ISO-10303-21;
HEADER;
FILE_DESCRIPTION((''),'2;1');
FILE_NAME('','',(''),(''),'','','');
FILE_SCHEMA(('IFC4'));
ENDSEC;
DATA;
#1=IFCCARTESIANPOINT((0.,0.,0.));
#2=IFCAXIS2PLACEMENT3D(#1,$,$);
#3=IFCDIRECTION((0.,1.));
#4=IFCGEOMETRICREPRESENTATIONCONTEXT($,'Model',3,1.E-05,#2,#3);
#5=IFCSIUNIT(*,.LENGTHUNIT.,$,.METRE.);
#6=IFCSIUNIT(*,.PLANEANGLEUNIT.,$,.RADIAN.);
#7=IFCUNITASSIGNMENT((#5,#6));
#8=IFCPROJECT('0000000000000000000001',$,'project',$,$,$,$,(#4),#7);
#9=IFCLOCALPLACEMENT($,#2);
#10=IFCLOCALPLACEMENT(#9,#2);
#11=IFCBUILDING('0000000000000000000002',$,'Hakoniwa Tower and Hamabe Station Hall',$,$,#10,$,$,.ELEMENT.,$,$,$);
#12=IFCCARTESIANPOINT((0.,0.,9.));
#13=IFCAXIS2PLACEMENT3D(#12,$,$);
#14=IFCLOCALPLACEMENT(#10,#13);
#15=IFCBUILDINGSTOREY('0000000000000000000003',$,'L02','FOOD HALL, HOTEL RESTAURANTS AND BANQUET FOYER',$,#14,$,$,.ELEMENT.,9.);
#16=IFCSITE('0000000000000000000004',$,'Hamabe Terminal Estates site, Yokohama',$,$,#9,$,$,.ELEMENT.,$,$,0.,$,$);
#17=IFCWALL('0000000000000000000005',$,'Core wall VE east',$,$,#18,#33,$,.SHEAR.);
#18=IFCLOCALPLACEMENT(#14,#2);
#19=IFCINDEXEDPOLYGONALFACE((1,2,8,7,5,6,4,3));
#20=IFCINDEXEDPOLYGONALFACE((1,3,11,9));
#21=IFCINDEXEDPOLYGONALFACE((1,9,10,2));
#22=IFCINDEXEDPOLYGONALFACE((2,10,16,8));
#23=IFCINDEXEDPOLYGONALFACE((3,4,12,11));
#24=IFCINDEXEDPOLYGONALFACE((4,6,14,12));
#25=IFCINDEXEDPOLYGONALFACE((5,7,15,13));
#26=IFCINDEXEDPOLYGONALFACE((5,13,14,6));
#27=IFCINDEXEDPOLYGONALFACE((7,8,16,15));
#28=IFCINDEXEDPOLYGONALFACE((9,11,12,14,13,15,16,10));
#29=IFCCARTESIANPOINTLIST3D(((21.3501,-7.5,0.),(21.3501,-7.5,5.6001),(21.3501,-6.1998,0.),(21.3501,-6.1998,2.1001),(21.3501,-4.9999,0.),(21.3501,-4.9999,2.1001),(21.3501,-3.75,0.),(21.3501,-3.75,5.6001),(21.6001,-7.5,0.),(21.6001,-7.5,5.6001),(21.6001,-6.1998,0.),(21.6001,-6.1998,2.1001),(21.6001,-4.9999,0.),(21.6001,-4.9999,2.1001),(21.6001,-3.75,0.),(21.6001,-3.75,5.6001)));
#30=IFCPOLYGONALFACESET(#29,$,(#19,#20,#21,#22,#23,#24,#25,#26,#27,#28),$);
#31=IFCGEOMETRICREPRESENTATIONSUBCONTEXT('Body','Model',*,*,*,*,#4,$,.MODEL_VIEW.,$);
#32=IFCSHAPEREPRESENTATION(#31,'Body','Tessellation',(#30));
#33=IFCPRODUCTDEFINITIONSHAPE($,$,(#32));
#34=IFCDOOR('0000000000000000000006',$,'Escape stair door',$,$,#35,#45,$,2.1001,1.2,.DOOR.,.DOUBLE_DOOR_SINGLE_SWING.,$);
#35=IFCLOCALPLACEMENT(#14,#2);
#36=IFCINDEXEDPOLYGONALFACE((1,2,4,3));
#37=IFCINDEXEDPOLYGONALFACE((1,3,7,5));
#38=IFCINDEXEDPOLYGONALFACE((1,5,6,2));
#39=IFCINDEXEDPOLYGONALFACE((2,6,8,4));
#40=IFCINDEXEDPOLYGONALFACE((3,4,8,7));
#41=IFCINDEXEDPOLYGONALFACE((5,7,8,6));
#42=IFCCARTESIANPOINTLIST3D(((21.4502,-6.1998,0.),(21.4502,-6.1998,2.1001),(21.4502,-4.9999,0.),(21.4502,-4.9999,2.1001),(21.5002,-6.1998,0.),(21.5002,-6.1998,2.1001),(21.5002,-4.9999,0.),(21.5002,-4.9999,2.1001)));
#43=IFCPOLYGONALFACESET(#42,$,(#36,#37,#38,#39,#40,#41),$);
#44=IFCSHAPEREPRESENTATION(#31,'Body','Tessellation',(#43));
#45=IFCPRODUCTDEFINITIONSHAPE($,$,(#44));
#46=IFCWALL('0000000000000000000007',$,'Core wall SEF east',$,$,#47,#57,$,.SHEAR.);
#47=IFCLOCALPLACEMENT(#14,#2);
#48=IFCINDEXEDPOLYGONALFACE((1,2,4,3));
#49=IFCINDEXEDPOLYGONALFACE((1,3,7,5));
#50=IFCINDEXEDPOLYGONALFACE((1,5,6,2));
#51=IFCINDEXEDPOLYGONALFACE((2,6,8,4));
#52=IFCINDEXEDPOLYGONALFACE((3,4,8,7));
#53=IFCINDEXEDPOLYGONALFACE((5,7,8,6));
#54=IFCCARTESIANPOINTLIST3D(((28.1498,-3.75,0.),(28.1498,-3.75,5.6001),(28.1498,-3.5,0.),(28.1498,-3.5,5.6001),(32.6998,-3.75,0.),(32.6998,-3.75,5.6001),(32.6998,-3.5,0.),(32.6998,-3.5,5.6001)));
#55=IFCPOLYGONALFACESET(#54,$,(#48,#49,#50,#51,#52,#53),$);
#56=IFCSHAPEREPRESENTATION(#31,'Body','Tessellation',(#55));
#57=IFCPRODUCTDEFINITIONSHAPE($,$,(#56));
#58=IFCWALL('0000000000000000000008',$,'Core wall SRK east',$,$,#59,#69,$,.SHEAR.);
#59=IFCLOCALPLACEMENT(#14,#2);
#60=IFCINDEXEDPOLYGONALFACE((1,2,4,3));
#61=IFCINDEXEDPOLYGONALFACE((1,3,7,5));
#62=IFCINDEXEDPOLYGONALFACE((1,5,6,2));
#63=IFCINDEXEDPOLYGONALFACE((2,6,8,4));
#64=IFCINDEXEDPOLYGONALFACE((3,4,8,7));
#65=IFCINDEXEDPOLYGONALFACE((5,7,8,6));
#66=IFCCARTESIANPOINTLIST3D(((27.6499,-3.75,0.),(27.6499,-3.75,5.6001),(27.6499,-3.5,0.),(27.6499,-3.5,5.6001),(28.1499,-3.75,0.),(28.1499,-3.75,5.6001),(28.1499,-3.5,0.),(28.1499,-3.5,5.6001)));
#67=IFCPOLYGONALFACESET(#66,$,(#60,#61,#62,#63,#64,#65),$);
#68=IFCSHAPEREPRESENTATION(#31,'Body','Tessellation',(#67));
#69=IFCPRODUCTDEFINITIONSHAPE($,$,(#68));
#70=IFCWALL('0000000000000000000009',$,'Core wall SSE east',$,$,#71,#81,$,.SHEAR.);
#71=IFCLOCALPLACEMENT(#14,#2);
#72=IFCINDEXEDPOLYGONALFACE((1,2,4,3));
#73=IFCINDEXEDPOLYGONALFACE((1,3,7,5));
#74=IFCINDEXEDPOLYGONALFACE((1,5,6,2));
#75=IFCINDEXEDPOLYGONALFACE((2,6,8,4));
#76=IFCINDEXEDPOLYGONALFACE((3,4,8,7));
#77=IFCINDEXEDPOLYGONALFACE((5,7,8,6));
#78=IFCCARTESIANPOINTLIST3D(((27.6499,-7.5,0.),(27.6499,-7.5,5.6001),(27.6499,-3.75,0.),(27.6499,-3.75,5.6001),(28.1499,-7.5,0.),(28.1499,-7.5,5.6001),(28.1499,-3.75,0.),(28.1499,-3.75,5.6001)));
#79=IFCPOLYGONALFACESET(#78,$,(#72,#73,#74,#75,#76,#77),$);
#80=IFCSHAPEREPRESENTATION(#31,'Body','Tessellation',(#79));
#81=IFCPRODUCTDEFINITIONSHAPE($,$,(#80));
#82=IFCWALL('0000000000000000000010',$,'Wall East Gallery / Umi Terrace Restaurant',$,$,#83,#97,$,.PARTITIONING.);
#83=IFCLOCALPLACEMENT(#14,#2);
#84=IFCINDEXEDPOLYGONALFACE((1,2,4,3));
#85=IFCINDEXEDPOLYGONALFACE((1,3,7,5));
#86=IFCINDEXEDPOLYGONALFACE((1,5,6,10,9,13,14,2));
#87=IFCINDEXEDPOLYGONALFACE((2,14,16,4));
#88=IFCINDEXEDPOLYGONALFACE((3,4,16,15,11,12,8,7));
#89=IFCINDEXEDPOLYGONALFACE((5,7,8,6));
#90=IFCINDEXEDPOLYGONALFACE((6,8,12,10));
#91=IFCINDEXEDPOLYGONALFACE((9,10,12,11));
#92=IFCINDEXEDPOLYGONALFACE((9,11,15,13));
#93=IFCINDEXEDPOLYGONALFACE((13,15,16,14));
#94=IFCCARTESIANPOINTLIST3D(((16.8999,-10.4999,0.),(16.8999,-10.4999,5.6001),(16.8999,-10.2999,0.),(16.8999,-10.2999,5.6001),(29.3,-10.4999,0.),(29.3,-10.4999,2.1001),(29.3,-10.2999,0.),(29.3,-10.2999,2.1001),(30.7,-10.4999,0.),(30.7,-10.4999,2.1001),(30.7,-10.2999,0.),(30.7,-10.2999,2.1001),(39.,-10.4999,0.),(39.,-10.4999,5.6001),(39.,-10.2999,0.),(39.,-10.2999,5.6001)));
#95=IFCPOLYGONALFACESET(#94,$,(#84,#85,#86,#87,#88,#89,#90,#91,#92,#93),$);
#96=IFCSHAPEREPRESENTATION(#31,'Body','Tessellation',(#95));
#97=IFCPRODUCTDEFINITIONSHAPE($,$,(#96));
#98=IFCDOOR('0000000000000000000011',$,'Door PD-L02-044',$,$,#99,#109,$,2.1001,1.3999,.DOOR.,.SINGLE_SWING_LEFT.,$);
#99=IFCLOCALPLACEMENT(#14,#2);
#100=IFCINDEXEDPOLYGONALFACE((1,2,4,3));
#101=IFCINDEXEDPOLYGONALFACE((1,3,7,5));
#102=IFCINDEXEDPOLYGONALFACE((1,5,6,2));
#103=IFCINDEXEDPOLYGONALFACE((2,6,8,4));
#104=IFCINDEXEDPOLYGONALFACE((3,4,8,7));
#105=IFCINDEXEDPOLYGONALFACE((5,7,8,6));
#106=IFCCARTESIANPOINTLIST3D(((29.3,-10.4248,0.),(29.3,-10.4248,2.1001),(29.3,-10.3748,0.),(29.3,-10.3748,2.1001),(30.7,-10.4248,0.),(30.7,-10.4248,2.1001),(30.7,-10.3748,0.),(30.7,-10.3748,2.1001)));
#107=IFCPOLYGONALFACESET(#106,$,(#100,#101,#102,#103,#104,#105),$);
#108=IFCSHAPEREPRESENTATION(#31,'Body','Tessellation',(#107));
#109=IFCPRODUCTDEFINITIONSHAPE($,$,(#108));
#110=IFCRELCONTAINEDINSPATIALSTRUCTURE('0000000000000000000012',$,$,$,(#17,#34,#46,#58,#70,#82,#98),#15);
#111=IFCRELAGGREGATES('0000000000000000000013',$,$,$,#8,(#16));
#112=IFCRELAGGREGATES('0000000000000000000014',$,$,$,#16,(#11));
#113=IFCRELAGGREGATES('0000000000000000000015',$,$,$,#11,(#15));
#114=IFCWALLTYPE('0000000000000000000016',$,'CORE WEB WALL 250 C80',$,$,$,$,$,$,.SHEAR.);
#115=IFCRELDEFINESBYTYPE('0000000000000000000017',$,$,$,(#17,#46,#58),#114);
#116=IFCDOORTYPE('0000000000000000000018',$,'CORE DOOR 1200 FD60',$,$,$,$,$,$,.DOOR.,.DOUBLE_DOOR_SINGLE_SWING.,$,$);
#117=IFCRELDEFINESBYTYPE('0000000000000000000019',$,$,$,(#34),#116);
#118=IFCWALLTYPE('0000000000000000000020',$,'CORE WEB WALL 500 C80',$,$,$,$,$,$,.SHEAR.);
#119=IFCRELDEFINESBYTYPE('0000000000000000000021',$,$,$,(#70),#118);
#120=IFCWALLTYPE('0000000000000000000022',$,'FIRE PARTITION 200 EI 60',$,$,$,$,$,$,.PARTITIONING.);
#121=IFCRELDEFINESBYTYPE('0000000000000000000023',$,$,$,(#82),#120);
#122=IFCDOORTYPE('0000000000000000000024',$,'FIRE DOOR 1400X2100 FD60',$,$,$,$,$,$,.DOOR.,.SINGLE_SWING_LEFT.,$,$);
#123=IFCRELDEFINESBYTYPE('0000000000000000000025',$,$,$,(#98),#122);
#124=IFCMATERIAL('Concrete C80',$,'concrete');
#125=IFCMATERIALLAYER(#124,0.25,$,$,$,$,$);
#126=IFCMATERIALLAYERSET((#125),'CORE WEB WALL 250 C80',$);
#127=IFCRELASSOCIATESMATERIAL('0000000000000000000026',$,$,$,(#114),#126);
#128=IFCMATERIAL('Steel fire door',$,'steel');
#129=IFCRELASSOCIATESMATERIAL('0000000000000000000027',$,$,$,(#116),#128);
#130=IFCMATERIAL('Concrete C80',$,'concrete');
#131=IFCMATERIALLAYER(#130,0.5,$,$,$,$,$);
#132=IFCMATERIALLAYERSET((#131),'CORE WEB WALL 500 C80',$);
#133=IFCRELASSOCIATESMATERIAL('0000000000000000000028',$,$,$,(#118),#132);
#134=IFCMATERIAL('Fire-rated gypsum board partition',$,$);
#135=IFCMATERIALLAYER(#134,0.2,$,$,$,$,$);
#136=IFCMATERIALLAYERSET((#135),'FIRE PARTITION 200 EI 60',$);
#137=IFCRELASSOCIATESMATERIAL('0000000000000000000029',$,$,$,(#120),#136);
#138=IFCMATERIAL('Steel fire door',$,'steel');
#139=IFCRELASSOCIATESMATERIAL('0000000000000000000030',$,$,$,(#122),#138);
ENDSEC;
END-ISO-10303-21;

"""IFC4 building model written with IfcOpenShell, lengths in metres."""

from ifc_helpers import new_model, si_unit, direction, frame, frame_2d, origin, place, context, subcontext, project, spatial, rectangle, extrude, material, layer, layer_set, type_object, element, fill, save


model = new_model("IFC4")

# Units and contexts
model_context = context("Model", 3, precision=1e-05, world=origin(), true_north=direction((0.0, 1.0)))
body_context = subcontext(model_context, "Body", "Model", "MODEL_VIEW")
ifc_project = project(units=[si_unit("LENGTHUNIT", "METRE"), si_unit("PLANEANGLEUNIT", "RADIAN")], contexts=[model_context])

# Site, building, storey
site_placement = place(None, origin())
site = spatial("IfcSite", under=ifc_project, at=site_placement, Name="Hamabe Terminal Estates site, Yokohama", CompositionType="ELEMENT", RefElevation=0.0)
building_placement = place(site_placement, origin())
building = spatial("IfcBuilding", under=site, at=building_placement, Name="Hakoniwa Tower and Hamabe Station Hall", CompositionType="ELEMENT")
storey_placement = place(building_placement, frame((0.0, 0.0, 9.0)))
storey = spatial("IfcBuildingStorey", under=building, at=storey_placement, Name="L02", Description="FOOD HALL, HOTEL RESTAURANTS AND BANQUET FOYER", CompositionType="ELEMENT", Elevation=9.0)

# Shared definitions
ifc_material_1 = material(Name="Concrete C80", Category="concrete")
ifc_layer_1 = layer(ifc_material_1, 0.25)
ifc_layer_set_1 = layer_set([ifc_layer_1], Name="CORE WEB WALL 250 C80")
wall_type_1 = type_object("IfcWallType", Name="CORE WEB WALL 250 C80", PredefinedType="SHEAR", material=ifc_layer_set_1)

# Wall, opening, door
wall_1_placement = place(storey_placement, frame((21.4751, -7.5, 0.0), z_axis=(0.0, 0.0, 1.0), x_axis=(0.0, 1.0, 0.0)))
wall_1 = element("IfcWall", 1, at=wall_1_placement, inside=storey, type_object=wall_type_1, Name="Core wall VE east", PredefinedType="SHEAR", context=body_context, shape_type="SweptSolid", body=[
    extrude(rectangle(XDim=3.75, YDim=0.25, at=frame_2d((1.875, 0.0))), origin(), (0.0, 0.0, 1.0), 5.6001),
])
opening_1_placement = place(wall_1_placement, frame((1.3, 0.0, 0.0)))
opening_1 = element("IfcOpeningElement", 2, at=opening_1_placement, cuts=wall_1, PredefinedType="OPENING", context=body_context, shape_type="SweptSolid", body=[
    extrude(rectangle(XDim=1.2, YDim=2.1001, at=frame_2d((0.6001, 1.05))), frame((0.0, 0.135, 0.0), z_axis=(0.0, -1.0, 0.0), x_axis=(1.0, 0.0, 0.0)), (0.0, 0.0, 1.0), 0.27),
])
ifc_material_2 = material(Name="Steel fire door", Category="steel")
door_type_1 = type_object("IfcDoorType", Name="CORE DOOR 1200 FD60", OperationType="DOUBLE_DOOR_SINGLE_SWING", PredefinedType="DOOR", material=ifc_material_2)
door_1_placement = place(opening_1_placement, origin())
door_1 = element("IfcDoor", 3, at=door_1_placement, inside=storey, type_object=door_type_1, Name="Escape stair door", OperationType="DOUBLE_DOOR_SINGLE_SWING", OverallHeight=2.1001, OverallWidth=1.2, PredefinedType="DOOR", context=body_context, shape_type="SweptSolid", body=[
    extrude(rectangle(XDim=1.2, YDim=2.1001, at=frame_2d((0.6001, 1.05))), frame((0.0, 0.0249, 0.0), z_axis=(0.0, -1.0, 0.0), x_axis=(1.0, 0.0, 0.0)), (0.0, 0.0, 1.0), 0.05),
])
fill(opening_1, door_1)

# Walls
wall_2_placement = place(storey_placement, frame((28.1499, -3.625, 0.0), z_axis=(0.0, 0.0, 1.0), x_axis=(1.0, 0.0, 0.0)))
element("IfcWall", 4, at=wall_2_placement, inside=storey, type_object=wall_type_1, Name="Core wall SEF east", PredefinedType="SHEAR", context=body_context, shape_type="SweptSolid", body=[
    extrude(rectangle(XDim=4.55, YDim=0.25, at=frame_2d((2.2749, 0.0))), origin(), (0.0, 0.0, 1.0), 5.6001),
])
wall_3_placement = place(storey_placement, frame((27.6499, -3.625, 0.0), z_axis=(0.0, 0.0, 1.0), x_axis=(1.0, 0.0, 0.0)))
element("IfcWall", 5, at=wall_3_placement, inside=storey, type_object=wall_type_1, Name="Core wall SRK east", PredefinedType="SHEAR", context=body_context, shape_type="SweptSolid", body=[
    extrude(rectangle(XDim=0.5, YDim=0.25, at=frame_2d((0.25, 0.0))), origin(), (0.0, 0.0, 1.0), 5.6001),
])
ifc_material_3 = material(Name="Concrete C80", Category="concrete")
ifc_layer_2 = layer(ifc_material_3, 0.5)
ifc_layer_set_2 = layer_set([ifc_layer_2], Name="CORE WEB WALL 500 C80")
wall_type_2 = type_object("IfcWallType", Name="CORE WEB WALL 500 C80", PredefinedType="SHEAR", material=ifc_layer_set_2)
wall_4_placement = place(storey_placement, frame((27.8999, -7.5, 0.0), z_axis=(0.0, 0.0, 1.0), x_axis=(0.0, 1.0, 0.0)))
element("IfcWall", 6, at=wall_4_placement, inside=storey, type_object=wall_type_2, Name="Core wall SSE east", PredefinedType="SHEAR", context=body_context, shape_type="SweptSolid", body=[
    extrude(rectangle(XDim=3.75, YDim=0.5, at=frame_2d((1.875, 0.0))), origin(), (0.0, 0.0, 1.0), 5.6001),
])

# Wall, opening, door
ifc_material_4 = material(Name="Fire-rated gypsum board partition")
ifc_layer_3 = layer(ifc_material_4, 0.2)
ifc_layer_set_3 = layer_set([ifc_layer_3], Name="FIRE PARTITION 200 EI 60")
wall_type_3 = type_object("IfcWallType", Name="FIRE PARTITION 200 EI 60", PredefinedType="PARTITIONING", material=ifc_layer_set_3)
wall_5_placement = place(storey_placement, frame((39.0, -10.3999, 0.0), z_axis=(0.0, 0.0, 1.0), x_axis=(-1.0, 0.0, 0.0)))
wall_5 = element("IfcWall", 7, at=wall_5_placement, inside=storey, type_object=wall_type_3, Name="Wall East Gallery / Umi Terrace Restaurant", PredefinedType="PARTITIONING", context=body_context, shape_type="SweptSolid", body=[
    extrude(rectangle(XDim=22.1001, YDim=0.2, at=frame_2d((11.05, 0.0))), origin(), (0.0, 0.0, 1.0), 5.6001),
])
opening_2_placement = place(wall_5_placement, frame((8.3, 0.0, 0.0)))
opening_2 = element("IfcOpeningElement", 8, at=opening_2_placement, cuts=wall_5, PredefinedType="OPENING", context=body_context, shape_type="SweptSolid", body=[
    extrude(rectangle(XDim=1.3999, YDim=2.1001, at=frame_2d((0.7, 1.05))), frame((0.0, 0.1099, 0.0), z_axis=(0.0, -1.0, 0.0), x_axis=(1.0, 0.0, 0.0)), (0.0, 0.0, 1.0), 0.22),
])
ifc_material_5 = material(Name="Steel fire door", Category="steel")
door_type_2 = type_object("IfcDoorType", Name="FIRE DOOR 1400X2100 FD60", OperationType="SINGLE_SWING_LEFT", PredefinedType="DOOR", material=ifc_material_5)
door_2_placement = place(opening_2_placement, origin())
door_2 = element("IfcDoor", 9, at=door_2_placement, inside=storey, type_object=door_type_2, Name="Door PD-L02-044", OperationType="SINGLE_SWING_LEFT", OverallHeight=2.1001, OverallWidth=1.3999, PredefinedType="DOOR", context=body_context, shape_type="SweptSolid", body=[
    extrude(rectangle(XDim=1.3999, YDim=2.1001, at=frame_2d((0.7, 1.05))), frame((0.0, 0.0249, 0.0), z_axis=(0.0, -1.0, 0.0), x_axis=(1.0, 0.0, 0.0)), (0.0, 0.0, 1.0), 0.05),
])
fill(opening_2, door_2)

save(model, "model.ifc")
